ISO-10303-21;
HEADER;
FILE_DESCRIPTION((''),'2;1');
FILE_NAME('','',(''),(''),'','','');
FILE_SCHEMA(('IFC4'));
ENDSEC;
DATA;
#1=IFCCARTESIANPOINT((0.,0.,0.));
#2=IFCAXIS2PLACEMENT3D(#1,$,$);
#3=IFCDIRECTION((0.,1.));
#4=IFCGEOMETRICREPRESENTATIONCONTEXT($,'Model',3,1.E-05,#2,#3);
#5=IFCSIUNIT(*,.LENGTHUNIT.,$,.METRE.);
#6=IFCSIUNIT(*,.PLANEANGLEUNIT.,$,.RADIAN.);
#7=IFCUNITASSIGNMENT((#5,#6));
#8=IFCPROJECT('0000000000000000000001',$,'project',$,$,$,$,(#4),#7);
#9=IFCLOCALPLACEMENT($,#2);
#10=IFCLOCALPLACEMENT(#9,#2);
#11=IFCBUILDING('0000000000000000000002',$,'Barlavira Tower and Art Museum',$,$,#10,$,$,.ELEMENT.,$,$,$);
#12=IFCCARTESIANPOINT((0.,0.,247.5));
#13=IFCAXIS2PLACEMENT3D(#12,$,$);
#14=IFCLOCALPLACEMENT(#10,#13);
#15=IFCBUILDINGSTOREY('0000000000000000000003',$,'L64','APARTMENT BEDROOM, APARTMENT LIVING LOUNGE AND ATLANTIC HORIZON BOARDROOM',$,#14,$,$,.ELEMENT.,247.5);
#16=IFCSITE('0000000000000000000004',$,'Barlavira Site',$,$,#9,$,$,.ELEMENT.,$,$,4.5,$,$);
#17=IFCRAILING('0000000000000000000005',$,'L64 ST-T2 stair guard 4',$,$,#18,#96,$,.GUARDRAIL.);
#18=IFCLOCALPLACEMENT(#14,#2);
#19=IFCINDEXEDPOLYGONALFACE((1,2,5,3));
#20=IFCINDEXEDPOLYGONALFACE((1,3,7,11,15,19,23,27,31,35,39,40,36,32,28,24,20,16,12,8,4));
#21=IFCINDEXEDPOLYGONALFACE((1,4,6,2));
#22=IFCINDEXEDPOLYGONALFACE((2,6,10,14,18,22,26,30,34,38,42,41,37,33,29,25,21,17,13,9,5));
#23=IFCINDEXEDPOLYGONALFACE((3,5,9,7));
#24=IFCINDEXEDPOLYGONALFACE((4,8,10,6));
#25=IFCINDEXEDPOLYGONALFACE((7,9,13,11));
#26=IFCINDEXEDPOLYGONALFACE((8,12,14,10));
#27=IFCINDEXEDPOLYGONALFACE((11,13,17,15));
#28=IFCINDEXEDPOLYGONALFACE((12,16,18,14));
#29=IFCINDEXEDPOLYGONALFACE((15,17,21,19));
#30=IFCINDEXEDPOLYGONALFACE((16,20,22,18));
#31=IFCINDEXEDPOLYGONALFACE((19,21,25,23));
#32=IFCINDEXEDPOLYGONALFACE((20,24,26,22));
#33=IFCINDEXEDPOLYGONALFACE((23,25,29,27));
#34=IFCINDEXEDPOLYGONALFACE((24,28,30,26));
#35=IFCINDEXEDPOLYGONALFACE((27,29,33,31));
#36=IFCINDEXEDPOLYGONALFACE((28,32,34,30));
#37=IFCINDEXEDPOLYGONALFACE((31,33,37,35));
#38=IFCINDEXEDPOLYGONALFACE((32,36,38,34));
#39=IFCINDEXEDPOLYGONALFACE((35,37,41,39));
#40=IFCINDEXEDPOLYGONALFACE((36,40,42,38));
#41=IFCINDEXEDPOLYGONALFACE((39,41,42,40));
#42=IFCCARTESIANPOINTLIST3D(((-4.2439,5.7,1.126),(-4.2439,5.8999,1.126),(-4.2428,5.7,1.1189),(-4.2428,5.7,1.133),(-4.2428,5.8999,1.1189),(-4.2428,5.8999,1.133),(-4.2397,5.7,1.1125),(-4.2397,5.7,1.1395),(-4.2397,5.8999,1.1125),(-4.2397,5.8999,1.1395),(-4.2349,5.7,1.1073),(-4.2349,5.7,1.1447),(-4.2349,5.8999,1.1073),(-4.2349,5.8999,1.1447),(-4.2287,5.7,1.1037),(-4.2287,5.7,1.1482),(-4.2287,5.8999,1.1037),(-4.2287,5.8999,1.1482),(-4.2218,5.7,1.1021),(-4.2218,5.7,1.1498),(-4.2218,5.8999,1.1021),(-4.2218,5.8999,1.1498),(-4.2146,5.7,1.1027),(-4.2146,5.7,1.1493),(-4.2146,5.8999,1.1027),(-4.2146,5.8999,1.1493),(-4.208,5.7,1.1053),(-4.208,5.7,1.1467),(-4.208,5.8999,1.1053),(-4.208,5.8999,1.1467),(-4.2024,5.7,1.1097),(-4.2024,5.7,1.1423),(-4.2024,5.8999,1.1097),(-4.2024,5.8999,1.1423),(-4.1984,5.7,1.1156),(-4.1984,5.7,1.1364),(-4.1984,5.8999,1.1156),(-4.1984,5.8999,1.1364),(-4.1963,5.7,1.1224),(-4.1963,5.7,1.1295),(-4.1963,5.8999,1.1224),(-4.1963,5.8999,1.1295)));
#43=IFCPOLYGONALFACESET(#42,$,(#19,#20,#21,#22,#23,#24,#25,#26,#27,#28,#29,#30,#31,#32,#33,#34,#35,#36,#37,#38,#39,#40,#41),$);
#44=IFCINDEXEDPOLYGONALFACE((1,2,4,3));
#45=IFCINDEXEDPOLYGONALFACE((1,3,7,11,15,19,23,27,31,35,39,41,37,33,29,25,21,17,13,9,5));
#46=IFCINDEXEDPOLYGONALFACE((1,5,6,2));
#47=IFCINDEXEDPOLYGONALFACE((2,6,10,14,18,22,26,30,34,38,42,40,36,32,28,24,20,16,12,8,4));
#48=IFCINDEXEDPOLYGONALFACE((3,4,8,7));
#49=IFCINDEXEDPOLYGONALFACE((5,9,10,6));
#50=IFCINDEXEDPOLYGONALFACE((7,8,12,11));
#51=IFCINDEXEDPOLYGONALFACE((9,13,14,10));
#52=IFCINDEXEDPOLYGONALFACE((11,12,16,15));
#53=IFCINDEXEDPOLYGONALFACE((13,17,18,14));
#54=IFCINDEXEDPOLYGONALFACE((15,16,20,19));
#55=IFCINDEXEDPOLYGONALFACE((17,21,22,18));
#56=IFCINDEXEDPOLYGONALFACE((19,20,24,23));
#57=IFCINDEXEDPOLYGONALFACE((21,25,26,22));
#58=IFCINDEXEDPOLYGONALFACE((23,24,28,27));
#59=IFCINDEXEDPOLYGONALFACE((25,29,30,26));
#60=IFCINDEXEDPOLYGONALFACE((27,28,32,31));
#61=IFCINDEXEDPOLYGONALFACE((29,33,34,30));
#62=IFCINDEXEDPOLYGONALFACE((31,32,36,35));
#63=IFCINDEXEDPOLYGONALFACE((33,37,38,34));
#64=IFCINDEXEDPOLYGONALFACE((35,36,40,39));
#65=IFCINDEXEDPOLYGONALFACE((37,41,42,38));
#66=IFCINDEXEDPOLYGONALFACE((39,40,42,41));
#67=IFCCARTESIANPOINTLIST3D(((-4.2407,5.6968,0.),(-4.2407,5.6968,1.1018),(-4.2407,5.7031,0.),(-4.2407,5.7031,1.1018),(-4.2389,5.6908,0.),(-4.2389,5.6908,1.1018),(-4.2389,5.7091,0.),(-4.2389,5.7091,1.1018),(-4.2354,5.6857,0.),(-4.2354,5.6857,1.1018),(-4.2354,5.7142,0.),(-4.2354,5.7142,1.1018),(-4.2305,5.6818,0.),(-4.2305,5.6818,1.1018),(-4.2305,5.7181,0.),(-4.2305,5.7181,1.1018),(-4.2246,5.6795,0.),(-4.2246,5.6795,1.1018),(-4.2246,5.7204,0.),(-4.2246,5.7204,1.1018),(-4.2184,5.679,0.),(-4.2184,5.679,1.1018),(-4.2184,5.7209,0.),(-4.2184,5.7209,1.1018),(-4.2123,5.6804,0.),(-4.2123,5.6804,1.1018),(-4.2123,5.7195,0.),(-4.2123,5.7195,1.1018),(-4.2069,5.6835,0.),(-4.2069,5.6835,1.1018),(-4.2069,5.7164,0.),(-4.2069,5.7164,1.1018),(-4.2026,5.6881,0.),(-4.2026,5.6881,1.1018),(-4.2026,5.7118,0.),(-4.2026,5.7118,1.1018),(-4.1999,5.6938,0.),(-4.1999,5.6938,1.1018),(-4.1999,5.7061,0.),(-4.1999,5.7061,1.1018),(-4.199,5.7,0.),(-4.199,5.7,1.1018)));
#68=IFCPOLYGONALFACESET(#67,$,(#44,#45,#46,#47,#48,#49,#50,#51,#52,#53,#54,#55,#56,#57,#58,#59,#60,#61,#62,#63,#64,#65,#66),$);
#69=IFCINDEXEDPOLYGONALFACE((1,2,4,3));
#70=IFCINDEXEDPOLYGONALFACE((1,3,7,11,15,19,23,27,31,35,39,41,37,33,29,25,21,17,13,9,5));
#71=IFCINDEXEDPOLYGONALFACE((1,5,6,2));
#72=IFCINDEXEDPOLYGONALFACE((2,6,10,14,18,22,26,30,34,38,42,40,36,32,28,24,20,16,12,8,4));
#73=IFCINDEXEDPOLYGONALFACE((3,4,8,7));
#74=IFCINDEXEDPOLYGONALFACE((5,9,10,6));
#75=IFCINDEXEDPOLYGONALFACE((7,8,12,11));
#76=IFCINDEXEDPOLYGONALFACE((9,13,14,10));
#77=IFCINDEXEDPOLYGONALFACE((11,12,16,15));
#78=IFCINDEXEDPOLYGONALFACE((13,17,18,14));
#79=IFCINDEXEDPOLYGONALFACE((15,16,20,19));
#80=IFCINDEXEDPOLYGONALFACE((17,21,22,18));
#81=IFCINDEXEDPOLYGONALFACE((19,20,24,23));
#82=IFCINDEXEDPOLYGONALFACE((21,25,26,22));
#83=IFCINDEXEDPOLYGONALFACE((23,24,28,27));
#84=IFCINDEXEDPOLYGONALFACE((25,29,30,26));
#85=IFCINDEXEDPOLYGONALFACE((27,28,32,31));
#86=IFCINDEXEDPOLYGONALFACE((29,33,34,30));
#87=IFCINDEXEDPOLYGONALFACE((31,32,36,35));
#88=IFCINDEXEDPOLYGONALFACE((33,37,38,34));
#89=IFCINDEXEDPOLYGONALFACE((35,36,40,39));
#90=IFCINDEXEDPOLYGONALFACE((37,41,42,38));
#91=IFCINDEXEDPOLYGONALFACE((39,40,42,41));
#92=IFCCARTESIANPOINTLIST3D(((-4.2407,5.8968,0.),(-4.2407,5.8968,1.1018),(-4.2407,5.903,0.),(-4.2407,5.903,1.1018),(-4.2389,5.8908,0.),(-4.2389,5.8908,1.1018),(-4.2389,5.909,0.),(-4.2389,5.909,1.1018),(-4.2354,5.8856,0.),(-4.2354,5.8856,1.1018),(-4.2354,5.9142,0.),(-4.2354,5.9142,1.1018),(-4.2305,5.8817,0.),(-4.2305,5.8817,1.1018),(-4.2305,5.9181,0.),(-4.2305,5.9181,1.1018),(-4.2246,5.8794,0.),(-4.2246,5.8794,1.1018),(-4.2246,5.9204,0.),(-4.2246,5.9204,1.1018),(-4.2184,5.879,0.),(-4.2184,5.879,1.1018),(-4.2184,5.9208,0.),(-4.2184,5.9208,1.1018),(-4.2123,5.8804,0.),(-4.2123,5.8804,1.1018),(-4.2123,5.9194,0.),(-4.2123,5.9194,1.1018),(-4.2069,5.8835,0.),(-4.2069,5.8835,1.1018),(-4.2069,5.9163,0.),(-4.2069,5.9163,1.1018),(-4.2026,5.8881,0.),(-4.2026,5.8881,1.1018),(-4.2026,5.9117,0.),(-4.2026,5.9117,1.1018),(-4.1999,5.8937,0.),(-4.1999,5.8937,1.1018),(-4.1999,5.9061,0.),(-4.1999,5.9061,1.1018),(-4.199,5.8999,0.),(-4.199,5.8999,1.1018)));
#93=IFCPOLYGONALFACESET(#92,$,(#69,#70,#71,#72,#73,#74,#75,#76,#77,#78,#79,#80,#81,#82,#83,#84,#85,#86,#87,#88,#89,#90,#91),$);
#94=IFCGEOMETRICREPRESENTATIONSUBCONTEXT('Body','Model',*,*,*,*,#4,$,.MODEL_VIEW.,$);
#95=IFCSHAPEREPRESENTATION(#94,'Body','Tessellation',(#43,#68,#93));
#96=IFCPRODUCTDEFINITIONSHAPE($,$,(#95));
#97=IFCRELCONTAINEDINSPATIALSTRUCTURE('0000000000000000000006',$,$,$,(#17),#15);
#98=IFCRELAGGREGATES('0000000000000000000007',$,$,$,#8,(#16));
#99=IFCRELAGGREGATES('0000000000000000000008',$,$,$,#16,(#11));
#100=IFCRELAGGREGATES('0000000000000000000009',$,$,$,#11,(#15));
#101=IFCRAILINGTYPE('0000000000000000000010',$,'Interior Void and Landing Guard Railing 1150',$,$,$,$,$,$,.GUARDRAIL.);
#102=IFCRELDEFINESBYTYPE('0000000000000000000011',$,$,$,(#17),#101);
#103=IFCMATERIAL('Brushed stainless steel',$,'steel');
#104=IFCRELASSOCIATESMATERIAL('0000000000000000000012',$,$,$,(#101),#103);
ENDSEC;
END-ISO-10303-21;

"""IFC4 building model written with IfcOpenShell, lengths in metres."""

from ifc_helpers import new_model, si_unit, direction, frame, origin, origin_2d, place, context, subcontext, project, spatial, circle, extrude, material, type_object, element, save


model = new_model("IFC4")

# Units and contexts
model_context = context("Model", 3, precision=1e-05, world=origin(), true_north=direction((0.0, 1.0)))
body_context = subcontext(model_context, "Body", "Model", "MODEL_VIEW")
ifc_project = project(units=[si_unit("LENGTHUNIT", "METRE"), si_unit("PLANEANGLEUNIT", "RADIAN")], contexts=[model_context])

# Site, building, storey
site_placement = place(None, origin())
site = spatial("IfcSite", under=ifc_project, at=site_placement, Name="Barlavira Site", CompositionType="ELEMENT", RefElevation=4.5)
building_placement = place(site_placement, origin())
building = spatial("IfcBuilding", under=site, at=building_placement, Name="Barlavira Tower and Art Museum", CompositionType="ELEMENT")
storey_placement = place(building_placement, frame((0.0, 0.0, 247.5)))
storey = spatial("IfcBuildingStorey", under=building, at=storey_placement, Name="L64", Description="APARTMENT BEDROOM, APARTMENT LIVING LOUNGE AND ATLANTIC HORIZON BOARDROOM", CompositionType="ELEMENT", Elevation=247.5)

# Shared definitions
ifc_material_1 = material(Name="Brushed stainless steel", Category="steel")

# Railing
railing_type_1 = type_object("IfcRailingType", Name="Interior Void and Landing Guard Railing 1150", PredefinedType="GUARDRAIL", material=ifc_material_1)
railing_1_placement = place(storey_placement, frame((-4.22, 5.7, 0.0)))
element("IfcRailing", 1, at=railing_1_placement, inside=storey, type_object=railing_type_1, Name="L64 ST-T2 stair guard 4", PredefinedType="GUARDRAIL", context=body_context, shape_type="SweptSolid", body=[
    extrude(circle(Radius=0.0239, at=origin_2d()), frame((0.0, 0.0, 1.126), z_axis=(0.0, 1.0, 0.0), x_axis=(-1.0, 0.0, 0.0)), (0.0, 0.0, 1.0), 0.2),
    extrude(circle(Radius=0.021, at=origin_2d()), origin(), (0.0, 0.0, 1.0), 1.1018),
    extrude(circle(Radius=0.021, at=origin_2d()), frame((0.0, 0.2, 0.0)), (0.0, 0.0, 1.0), 1.1018),
])

save(model, "model.ifc")
